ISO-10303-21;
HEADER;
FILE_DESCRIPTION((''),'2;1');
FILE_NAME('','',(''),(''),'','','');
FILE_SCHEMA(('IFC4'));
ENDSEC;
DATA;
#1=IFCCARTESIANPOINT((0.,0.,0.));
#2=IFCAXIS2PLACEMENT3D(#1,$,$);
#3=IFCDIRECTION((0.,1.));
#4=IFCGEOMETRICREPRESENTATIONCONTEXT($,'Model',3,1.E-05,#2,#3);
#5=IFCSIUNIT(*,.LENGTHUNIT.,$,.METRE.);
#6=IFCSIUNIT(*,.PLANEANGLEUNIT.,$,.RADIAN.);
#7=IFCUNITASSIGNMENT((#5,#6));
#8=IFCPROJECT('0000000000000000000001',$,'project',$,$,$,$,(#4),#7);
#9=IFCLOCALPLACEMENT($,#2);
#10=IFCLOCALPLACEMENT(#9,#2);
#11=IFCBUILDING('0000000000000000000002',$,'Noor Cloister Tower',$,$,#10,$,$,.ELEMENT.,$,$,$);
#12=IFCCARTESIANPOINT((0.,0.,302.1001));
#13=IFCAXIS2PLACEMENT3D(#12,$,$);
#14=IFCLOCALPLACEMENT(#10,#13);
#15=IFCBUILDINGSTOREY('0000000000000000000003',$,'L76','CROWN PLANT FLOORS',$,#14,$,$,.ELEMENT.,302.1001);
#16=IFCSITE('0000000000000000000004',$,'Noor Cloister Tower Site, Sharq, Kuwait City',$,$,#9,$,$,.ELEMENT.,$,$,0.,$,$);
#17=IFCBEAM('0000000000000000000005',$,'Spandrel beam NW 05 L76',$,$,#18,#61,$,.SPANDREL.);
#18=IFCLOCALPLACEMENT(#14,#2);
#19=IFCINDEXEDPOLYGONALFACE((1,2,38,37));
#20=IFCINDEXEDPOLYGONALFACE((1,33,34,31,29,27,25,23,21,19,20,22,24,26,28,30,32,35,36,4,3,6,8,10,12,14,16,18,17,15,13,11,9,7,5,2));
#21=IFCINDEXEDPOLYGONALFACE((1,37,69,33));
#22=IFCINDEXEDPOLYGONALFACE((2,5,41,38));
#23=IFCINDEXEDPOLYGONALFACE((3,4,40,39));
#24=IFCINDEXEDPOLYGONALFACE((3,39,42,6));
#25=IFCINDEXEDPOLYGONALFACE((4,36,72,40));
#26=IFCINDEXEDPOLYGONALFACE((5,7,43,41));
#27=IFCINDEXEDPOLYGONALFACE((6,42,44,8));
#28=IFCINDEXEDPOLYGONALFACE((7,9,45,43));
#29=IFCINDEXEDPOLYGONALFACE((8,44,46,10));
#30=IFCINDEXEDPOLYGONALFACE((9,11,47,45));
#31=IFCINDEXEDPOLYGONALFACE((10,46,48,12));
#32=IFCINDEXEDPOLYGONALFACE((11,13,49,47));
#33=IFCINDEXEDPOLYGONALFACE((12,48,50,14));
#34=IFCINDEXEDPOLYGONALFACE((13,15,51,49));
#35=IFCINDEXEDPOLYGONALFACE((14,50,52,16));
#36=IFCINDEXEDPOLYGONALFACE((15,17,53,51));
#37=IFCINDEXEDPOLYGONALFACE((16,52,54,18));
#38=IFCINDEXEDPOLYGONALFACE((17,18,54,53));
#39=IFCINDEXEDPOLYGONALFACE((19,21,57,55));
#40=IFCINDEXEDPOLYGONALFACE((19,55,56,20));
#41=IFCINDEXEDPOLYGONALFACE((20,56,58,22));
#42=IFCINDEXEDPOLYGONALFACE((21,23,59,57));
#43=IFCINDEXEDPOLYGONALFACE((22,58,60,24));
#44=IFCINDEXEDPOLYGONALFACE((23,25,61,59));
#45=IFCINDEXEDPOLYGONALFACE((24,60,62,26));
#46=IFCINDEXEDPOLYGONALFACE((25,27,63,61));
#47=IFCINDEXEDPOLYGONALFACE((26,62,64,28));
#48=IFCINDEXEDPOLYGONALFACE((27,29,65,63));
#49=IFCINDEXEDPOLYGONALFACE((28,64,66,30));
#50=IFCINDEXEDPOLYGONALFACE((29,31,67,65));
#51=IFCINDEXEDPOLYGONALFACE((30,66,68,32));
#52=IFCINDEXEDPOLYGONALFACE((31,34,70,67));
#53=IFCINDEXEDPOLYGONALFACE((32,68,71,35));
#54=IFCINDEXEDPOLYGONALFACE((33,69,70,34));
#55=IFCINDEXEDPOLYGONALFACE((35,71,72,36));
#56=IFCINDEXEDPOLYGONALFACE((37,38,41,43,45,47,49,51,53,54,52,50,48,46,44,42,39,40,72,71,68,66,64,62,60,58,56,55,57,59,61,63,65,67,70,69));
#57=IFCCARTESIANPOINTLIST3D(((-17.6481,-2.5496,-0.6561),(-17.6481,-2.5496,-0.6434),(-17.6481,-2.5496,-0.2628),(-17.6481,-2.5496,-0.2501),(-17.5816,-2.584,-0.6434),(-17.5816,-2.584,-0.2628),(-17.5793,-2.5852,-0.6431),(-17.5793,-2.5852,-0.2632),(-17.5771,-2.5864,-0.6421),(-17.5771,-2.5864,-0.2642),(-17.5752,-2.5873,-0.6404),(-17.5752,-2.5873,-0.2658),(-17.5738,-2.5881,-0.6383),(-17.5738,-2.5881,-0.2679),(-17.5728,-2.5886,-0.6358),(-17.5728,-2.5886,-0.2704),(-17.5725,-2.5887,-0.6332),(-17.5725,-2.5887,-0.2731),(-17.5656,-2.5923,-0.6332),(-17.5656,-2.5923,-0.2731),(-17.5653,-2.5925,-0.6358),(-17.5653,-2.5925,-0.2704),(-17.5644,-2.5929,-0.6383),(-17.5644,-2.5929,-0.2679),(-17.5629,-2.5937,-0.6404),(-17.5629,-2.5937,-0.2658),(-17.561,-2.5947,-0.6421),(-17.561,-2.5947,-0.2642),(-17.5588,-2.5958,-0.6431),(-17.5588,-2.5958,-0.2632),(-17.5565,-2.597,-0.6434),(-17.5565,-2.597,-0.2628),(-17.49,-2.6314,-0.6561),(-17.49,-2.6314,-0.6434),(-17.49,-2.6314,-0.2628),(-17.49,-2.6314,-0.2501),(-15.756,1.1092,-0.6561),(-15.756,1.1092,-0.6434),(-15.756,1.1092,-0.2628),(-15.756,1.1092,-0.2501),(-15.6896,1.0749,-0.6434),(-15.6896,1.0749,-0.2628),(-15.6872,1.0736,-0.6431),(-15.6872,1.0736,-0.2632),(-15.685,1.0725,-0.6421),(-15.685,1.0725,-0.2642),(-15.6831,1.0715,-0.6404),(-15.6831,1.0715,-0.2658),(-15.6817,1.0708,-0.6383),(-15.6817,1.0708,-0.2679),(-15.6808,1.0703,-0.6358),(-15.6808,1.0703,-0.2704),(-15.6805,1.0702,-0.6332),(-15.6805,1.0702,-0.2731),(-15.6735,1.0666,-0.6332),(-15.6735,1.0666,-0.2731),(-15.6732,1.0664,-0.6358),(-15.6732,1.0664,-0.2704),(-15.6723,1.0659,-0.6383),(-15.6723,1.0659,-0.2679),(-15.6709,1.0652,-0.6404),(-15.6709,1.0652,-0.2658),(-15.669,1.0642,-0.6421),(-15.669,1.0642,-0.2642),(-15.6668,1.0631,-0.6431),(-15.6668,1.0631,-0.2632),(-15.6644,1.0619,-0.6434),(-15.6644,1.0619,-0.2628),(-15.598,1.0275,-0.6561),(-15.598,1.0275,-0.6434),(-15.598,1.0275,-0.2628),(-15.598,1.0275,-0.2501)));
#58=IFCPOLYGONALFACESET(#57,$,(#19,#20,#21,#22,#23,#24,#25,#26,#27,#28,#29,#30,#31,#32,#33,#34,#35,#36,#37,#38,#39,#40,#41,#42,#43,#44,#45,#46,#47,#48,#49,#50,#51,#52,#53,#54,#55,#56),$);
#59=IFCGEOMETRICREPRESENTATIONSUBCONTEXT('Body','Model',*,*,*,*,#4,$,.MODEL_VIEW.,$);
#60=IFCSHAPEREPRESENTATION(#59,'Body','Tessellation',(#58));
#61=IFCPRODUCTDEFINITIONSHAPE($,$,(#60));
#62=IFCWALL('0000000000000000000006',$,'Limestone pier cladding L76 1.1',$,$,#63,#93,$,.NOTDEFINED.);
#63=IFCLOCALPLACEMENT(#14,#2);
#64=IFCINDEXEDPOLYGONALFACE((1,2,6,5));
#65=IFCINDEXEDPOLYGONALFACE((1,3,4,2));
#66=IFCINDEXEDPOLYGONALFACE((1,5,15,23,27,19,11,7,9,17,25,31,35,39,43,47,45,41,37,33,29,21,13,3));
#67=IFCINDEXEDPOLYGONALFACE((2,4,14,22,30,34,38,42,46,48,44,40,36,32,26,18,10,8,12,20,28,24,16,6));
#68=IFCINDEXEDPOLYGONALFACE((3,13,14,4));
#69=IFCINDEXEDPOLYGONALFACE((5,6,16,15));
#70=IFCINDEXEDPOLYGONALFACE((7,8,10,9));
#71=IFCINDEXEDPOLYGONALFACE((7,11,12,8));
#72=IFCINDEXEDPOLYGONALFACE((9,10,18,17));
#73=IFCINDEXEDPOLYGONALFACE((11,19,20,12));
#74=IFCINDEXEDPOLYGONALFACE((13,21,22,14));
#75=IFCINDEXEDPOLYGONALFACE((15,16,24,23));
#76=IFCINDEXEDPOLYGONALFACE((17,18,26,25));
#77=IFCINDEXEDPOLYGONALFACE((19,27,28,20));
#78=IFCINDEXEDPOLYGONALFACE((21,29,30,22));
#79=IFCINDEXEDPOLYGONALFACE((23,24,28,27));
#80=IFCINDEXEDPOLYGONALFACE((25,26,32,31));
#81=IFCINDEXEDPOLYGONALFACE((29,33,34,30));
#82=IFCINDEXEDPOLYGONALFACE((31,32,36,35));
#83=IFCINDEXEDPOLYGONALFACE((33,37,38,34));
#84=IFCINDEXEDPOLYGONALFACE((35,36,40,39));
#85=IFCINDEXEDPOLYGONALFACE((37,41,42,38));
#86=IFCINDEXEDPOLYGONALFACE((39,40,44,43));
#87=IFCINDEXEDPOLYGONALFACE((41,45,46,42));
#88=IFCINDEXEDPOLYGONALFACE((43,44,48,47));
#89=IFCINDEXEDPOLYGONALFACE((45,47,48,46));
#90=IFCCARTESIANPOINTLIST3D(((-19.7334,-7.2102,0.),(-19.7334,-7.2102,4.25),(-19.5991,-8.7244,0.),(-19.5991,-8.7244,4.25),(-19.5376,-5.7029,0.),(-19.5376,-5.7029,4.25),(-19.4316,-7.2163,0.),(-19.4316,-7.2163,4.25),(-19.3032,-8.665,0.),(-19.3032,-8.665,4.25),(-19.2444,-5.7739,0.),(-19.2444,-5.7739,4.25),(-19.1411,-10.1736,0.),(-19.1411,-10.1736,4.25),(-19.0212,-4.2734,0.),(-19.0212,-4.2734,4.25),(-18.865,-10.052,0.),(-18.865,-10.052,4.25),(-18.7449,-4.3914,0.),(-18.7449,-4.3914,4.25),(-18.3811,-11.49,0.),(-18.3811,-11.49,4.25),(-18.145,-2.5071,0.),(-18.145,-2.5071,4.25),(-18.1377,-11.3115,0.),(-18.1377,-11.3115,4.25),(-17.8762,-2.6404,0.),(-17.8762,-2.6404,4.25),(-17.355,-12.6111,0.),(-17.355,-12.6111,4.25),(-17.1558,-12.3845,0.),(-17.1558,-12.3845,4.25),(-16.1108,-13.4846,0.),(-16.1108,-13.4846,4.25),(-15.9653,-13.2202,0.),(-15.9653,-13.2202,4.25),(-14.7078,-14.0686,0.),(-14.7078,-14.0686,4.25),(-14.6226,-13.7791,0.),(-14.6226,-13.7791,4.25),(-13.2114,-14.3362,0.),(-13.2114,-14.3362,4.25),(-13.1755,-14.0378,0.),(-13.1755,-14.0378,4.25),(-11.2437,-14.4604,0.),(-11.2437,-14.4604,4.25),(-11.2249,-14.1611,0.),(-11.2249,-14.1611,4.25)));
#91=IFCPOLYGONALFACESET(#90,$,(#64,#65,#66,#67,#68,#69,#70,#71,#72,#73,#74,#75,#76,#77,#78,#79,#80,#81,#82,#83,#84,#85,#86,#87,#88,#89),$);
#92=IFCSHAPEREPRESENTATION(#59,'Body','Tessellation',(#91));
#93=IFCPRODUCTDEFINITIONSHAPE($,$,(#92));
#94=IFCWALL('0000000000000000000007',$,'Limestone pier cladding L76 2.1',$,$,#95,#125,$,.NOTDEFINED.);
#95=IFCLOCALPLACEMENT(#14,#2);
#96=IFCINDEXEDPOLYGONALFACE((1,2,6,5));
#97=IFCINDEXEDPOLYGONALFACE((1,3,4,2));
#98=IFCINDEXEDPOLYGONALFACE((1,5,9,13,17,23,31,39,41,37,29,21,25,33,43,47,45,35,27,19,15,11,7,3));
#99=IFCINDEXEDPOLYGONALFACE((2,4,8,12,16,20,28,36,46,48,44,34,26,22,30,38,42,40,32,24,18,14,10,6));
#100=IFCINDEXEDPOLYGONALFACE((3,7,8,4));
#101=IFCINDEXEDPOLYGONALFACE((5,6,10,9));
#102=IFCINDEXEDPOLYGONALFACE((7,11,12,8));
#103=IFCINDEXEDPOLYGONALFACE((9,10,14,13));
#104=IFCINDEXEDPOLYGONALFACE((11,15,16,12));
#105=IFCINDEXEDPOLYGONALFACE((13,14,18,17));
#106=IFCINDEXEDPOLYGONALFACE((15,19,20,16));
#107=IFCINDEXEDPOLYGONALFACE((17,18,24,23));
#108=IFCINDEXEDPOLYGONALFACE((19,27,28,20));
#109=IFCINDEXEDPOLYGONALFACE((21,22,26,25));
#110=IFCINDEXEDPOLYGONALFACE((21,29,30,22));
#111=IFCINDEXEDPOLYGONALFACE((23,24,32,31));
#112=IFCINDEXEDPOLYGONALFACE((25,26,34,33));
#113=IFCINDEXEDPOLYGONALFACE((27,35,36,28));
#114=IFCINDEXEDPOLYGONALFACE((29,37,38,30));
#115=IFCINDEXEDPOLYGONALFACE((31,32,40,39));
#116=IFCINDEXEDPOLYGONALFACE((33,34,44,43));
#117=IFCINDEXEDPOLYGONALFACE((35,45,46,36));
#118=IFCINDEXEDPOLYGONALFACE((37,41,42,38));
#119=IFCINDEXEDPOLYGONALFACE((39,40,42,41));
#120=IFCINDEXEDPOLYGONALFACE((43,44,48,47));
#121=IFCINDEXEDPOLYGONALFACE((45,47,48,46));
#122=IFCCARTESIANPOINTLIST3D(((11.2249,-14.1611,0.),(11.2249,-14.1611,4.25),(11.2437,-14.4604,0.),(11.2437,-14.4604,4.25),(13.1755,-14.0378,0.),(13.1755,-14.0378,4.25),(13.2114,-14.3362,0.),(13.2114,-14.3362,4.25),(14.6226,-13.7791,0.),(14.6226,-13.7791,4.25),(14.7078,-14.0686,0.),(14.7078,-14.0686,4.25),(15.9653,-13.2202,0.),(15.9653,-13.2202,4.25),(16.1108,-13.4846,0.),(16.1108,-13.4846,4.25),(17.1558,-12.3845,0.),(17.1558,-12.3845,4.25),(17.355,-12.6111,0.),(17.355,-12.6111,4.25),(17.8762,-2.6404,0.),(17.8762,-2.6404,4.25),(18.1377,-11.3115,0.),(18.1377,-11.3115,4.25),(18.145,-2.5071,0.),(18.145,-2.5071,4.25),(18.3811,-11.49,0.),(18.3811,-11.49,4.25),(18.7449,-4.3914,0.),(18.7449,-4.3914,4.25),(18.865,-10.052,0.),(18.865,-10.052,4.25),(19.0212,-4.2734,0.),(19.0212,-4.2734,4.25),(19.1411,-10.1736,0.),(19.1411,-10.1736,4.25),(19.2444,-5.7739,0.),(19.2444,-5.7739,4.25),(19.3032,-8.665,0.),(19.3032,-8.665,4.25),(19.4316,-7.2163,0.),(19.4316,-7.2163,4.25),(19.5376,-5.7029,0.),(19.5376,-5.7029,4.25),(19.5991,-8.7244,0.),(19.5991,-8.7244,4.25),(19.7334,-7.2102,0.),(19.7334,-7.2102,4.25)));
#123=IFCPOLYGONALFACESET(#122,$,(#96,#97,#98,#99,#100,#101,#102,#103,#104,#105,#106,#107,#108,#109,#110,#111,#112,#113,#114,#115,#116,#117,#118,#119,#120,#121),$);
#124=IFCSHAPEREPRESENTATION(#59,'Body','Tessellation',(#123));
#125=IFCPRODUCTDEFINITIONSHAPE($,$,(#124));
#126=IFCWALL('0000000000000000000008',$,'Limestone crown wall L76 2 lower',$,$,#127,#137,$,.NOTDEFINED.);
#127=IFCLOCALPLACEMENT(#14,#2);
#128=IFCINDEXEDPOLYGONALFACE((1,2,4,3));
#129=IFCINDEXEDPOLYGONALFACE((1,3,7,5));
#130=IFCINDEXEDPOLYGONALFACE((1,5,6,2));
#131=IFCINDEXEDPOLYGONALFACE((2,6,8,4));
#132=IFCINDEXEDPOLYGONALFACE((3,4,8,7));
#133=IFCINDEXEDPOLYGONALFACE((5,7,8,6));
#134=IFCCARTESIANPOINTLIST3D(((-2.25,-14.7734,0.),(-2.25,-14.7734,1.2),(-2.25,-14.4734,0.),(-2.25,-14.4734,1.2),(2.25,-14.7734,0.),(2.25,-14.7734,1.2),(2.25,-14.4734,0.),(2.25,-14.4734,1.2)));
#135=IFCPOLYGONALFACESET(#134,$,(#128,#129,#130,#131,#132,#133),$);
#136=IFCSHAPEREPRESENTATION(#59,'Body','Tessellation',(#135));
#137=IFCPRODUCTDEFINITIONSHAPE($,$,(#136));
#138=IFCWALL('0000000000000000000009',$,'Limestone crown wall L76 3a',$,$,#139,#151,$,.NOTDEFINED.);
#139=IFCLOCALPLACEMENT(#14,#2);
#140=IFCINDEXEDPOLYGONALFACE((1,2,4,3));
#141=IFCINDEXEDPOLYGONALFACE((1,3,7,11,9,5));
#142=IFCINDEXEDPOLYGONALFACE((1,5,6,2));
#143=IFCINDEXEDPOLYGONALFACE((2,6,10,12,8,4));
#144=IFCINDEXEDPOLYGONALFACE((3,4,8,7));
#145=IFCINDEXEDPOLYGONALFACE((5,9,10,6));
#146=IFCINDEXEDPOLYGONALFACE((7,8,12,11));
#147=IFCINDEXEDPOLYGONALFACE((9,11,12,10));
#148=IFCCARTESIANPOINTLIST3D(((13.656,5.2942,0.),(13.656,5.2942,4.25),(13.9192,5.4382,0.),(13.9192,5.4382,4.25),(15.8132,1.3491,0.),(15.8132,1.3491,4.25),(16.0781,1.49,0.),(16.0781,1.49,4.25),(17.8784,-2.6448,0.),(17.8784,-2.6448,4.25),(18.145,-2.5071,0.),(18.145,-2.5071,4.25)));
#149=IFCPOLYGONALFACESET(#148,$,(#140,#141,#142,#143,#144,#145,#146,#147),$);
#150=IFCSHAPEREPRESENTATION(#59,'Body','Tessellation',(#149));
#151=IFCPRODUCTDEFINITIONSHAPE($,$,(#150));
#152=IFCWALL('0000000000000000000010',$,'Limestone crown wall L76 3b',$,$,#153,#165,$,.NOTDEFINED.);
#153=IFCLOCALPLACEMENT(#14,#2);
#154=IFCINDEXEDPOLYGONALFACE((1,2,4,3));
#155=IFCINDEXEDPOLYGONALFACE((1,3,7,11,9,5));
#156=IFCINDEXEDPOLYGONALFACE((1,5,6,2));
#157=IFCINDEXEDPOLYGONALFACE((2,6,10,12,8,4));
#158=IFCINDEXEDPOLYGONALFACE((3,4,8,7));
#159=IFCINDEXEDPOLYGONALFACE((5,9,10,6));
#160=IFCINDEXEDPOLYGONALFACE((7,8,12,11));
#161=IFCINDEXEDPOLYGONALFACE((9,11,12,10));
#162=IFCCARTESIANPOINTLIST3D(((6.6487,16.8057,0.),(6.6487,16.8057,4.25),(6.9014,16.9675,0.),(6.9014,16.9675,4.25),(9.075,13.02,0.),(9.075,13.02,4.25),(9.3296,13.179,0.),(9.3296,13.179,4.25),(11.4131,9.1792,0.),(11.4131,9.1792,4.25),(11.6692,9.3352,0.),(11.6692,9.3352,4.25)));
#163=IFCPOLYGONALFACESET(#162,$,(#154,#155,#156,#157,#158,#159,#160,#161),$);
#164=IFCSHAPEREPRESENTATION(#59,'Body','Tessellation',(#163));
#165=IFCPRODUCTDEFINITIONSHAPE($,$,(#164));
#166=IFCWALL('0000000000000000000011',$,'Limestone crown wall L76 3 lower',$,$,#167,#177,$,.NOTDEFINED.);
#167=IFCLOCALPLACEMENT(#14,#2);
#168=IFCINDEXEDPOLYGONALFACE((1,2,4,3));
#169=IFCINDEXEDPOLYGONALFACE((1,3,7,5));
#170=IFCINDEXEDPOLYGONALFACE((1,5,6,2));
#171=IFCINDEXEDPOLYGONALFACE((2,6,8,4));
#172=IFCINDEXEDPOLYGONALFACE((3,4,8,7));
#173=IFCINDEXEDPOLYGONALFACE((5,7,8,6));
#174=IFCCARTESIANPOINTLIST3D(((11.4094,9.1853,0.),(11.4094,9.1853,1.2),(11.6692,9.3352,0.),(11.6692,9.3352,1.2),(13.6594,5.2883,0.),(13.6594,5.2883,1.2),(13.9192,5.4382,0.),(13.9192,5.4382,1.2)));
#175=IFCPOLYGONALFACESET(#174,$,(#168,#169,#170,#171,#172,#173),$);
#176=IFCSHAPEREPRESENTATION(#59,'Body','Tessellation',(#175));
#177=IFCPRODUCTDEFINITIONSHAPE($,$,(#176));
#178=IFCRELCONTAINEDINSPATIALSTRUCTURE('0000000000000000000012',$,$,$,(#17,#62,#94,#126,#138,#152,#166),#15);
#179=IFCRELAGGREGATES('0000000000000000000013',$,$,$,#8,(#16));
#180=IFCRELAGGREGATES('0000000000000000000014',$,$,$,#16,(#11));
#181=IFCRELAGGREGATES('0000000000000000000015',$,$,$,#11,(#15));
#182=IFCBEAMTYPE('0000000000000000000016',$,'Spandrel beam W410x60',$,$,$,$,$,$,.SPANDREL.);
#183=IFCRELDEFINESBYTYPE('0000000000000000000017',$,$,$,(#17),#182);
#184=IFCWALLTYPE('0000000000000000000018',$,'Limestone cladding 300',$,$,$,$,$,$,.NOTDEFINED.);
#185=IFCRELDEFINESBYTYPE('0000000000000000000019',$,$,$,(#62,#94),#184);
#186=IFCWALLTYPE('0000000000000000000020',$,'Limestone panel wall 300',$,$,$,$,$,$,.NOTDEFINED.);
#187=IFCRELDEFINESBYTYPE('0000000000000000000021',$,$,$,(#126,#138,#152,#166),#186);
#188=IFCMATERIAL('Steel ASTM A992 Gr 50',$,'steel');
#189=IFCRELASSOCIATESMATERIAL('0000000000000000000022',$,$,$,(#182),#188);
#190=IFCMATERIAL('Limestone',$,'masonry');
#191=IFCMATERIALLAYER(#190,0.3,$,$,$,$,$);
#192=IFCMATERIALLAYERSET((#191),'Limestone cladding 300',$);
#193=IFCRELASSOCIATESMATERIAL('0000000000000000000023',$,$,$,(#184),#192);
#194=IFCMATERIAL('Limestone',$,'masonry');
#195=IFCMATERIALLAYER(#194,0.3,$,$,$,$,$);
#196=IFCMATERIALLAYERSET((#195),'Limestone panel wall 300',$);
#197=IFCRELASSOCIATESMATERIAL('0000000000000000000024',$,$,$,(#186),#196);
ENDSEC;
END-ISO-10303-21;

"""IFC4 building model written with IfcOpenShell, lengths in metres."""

from ifc_helpers import new_model, si_unit, direction, frame, origin, origin_2d, place, context, subcontext, project, spatial, polyline, i_section, outline, extrude, material, layer, layer_set, material_profile, profile_set, type_object, element, save


model = new_model("IFC4")

# Units and contexts
model_context = context("Model", 3, precision=1e-05, world=origin(), true_north=direction((0.0, 1.0)))
body_context = subcontext(model_context, "Body", "Model", "MODEL_VIEW")
ifc_project = project(units=[si_unit("LENGTHUNIT", "METRE"), si_unit("PLANEANGLEUNIT", "RADIAN")], contexts=[model_context])

# Site, building, storey
site_placement = place(None, origin())
site = spatial("IfcSite", under=ifc_project, at=site_placement, Name="Noor Cloister Tower Site, Sharq, Kuwait City", CompositionType="ELEMENT", RefElevation=0.0)
building_placement = place(site_placement, origin())
building = spatial("IfcBuilding", under=site, at=building_placement, Name="Noor Cloister Tower", CompositionType="ELEMENT")
storey_placement = place(building_placement, frame((0.0, 0.0, 302.1001)))
storey = spatial("IfcBuildingStorey", under=building, at=storey_placement, Name="L76", Description="CROWN PLANT FLOORS", CompositionType="ELEMENT", Elevation=302.1001)

# Beam
ifc_material_1 = material(Name="Steel ASTM A992 Gr 50", Category="steel")
ifc_material_profile_1 = material_profile(ifc_material_1, i_section(OverallWidth=0.178, OverallDepth=0.406, WebThickness=0.0078, FlangeThickness=0.0127, FilletRadius=0.0103, at=origin_2d()), Name="W410x60")
ifc_profile_set_1 = profile_set([ifc_material_profile_1], Name="Steel ASTM A992 Gr 50")
beam_type_1 = type_object("IfcBeamType", Name="Spandrel beam W410x60", PredefinedType="SPANDREL", material=ifc_profile_set_1)
for number, where, z_axis, x_axis, name in (
    (1, (-15.677, 1.0684, -0.4531), (-0.459334, -0.888264, 0.0), (0.888264, -0.459334, 0.0), "Spandrel beam NW 05 L76"),
):
    element("IfcBeam", number, at=place(storey_placement, frame(where, z_axis=z_axis, x_axis=x_axis)), inside=storey, type_object=beam_type_1, Name=name, PredefinedType="SPANDREL", context=body_context, shape_type="SweptSolid", body=[
        extrude(i_section(OverallWidth=0.178, OverallDepth=0.406, WebThickness=0.0078, FlangeThickness=0.0127, FilletRadius=0.0103, at=origin_2d()), origin(), (0.0, 0.0, 1.0), 4.1191),
    ])

# Walls
ifc_material_2 = material(Name="Limestone", Category="masonry")
ifc_layer_1 = layer(ifc_material_2, 0.3)
ifc_layer_set_1 = layer_set([ifc_layer_1], Name="Limestone cladding 300")
wall_type_1 = type_object("IfcWallType", Name="Limestone cladding 300", PredefinedType="NOTDEFINED", material=ifc_layer_set_1)
wall_1_placement = place(storey_placement, origin())
element("IfcWall", 2, at=wall_1_placement, inside=storey, type_object=wall_type_1, Name="Limestone pier cladding L76 1.1", PredefinedType="NOTDEFINED", context=body_context, shape_type="SweptSolid", body=[
    extrude(outline(polyline([(-18.145, -2.5071), (-19.0212, -4.2734), (-19.5376, -5.7029), (-19.7334, -7.2102), (-19.5991, -8.7244), (-19.1411, -10.1736), (-18.3811, -11.49), (-17.355, -12.6111), (-16.1108, -13.4846), (-14.7078, -14.0686), (-13.2114, -14.3362), (-11.2437, -14.4604), (-11.2249, -14.1611), (-13.1755, -14.0378), (-14.6226, -13.7791), (-15.9653, -13.2202), (-17.1558, -12.3845), (-18.1377, -11.3115), (-18.865, -10.052), (-19.3032, -8.665), (-19.4316, -7.2163), (-19.2444, -5.7739), (-18.7449, -4.3914), (-17.8762, -2.6404), (-18.145, -2.5071)])), origin(), (0.0, 0.0, 1.0), 4.25),
])
wall_2_placement = place(storey_placement, origin())
element("IfcWall", 3, at=wall_2_placement, inside=storey, type_object=wall_type_1, Name="Limestone pier cladding L76 2.1", PredefinedType="NOTDEFINED", context=body_context, shape_type="SweptSolid", body=[
    extrude(outline(polyline([(11.2437, -14.4604), (13.2114, -14.3362), (14.7078, -14.0686), (16.1108, -13.4846), (17.355, -12.6111), (18.3811, -11.49), (19.1411, -10.1736), (19.5991, -8.7244), (19.7334, -7.2102), (19.5376, -5.7029), (19.0212, -4.2734), (18.145, -2.5071), (17.8762, -2.6404), (18.7449, -4.3914), (19.2444, -5.7739), (19.4316, -7.2163), (19.3032, -8.665), (18.865, -10.052), (18.1377, -11.3115), (17.1558, -12.3845), (15.9653, -13.2202), (14.6226, -13.7791), (13.1755, -14.0378), (11.2249, -14.1611), (11.2437, -14.4604)])), origin(), (0.0, 0.0, 1.0), 4.25),
])
ifc_material_3 = material(Name="Limestone", Category="masonry")
ifc_layer_2 = layer(ifc_material_3, 0.3)
ifc_layer_set_2 = layer_set([ifc_layer_2], Name="Limestone panel wall 300")
wall_type_2 = type_object("IfcWallType", Name="Limestone panel wall 300", PredefinedType="NOTDEFINED", material=ifc_layer_set_2)
wall_3_placement = place(storey_placement, origin())
element("IfcWall", 4, at=wall_3_placement, inside=storey, type_object=wall_type_2, Name="Limestone crown wall L76 2 lower", PredefinedType="NOTDEFINED", context=body_context, shape_type="SweptSolid", body=[
    extrude(outline(polyline([(-2.25, -14.7734), (2.25, -14.7734), (2.25, -14.4734), (-2.25, -14.4734), (-2.25, -14.7734)])), origin(), (0.0, 0.0, 1.0), 1.2),
])
wall_4_placement = place(storey_placement, origin())
element("IfcWall", 5, at=wall_4_placement, inside=storey, type_object=wall_type_2, Name="Limestone crown wall L76 3a", PredefinedType="NOTDEFINED", context=body_context, shape_type="SweptSolid", body=[
    extrude(outline(polyline([(18.145, -2.5071), (16.0781, 1.49), (13.9192, 5.4382), (13.656, 5.2942), (15.8132, 1.3491), (17.8784, -2.6448), (18.145, -2.5071)])), origin(), (0.0, 0.0, 1.0), 4.25),
])
wall_5_placement = place(storey_placement, origin())
element("IfcWall", 6, at=wall_5_placement, inside=storey, type_object=wall_type_2, Name="Limestone crown wall L76 3b", PredefinedType="NOTDEFINED", context=body_context, shape_type="SweptSolid", body=[
    extrude(outline(polyline([(11.6692, 9.3352), (9.3296, 13.179), (6.9014, 16.9675), (6.6487, 16.8057), (9.075, 13.02), (11.4131, 9.1792), (11.6692, 9.3352)])), origin(), (0.0, 0.0, 1.0), 4.25),
])
wall_6_placement = place(storey_placement, origin())
element("IfcWall", 7, at=wall_6_placement, inside=storey, type_object=wall_type_2, Name="Limestone crown wall L76 3 lower", PredefinedType="NOTDEFINED", context=body_context, shape_type="SweptSolid", body=[
    extrude(outline(polyline([(13.9192, 5.4382), (11.6692, 9.3352), (11.4094, 9.1853), (13.6594, 5.2883), (13.9192, 5.4382)])), origin(), (0.0, 0.0, 1.0), 1.2),
])

save(model, "model.ifc")
